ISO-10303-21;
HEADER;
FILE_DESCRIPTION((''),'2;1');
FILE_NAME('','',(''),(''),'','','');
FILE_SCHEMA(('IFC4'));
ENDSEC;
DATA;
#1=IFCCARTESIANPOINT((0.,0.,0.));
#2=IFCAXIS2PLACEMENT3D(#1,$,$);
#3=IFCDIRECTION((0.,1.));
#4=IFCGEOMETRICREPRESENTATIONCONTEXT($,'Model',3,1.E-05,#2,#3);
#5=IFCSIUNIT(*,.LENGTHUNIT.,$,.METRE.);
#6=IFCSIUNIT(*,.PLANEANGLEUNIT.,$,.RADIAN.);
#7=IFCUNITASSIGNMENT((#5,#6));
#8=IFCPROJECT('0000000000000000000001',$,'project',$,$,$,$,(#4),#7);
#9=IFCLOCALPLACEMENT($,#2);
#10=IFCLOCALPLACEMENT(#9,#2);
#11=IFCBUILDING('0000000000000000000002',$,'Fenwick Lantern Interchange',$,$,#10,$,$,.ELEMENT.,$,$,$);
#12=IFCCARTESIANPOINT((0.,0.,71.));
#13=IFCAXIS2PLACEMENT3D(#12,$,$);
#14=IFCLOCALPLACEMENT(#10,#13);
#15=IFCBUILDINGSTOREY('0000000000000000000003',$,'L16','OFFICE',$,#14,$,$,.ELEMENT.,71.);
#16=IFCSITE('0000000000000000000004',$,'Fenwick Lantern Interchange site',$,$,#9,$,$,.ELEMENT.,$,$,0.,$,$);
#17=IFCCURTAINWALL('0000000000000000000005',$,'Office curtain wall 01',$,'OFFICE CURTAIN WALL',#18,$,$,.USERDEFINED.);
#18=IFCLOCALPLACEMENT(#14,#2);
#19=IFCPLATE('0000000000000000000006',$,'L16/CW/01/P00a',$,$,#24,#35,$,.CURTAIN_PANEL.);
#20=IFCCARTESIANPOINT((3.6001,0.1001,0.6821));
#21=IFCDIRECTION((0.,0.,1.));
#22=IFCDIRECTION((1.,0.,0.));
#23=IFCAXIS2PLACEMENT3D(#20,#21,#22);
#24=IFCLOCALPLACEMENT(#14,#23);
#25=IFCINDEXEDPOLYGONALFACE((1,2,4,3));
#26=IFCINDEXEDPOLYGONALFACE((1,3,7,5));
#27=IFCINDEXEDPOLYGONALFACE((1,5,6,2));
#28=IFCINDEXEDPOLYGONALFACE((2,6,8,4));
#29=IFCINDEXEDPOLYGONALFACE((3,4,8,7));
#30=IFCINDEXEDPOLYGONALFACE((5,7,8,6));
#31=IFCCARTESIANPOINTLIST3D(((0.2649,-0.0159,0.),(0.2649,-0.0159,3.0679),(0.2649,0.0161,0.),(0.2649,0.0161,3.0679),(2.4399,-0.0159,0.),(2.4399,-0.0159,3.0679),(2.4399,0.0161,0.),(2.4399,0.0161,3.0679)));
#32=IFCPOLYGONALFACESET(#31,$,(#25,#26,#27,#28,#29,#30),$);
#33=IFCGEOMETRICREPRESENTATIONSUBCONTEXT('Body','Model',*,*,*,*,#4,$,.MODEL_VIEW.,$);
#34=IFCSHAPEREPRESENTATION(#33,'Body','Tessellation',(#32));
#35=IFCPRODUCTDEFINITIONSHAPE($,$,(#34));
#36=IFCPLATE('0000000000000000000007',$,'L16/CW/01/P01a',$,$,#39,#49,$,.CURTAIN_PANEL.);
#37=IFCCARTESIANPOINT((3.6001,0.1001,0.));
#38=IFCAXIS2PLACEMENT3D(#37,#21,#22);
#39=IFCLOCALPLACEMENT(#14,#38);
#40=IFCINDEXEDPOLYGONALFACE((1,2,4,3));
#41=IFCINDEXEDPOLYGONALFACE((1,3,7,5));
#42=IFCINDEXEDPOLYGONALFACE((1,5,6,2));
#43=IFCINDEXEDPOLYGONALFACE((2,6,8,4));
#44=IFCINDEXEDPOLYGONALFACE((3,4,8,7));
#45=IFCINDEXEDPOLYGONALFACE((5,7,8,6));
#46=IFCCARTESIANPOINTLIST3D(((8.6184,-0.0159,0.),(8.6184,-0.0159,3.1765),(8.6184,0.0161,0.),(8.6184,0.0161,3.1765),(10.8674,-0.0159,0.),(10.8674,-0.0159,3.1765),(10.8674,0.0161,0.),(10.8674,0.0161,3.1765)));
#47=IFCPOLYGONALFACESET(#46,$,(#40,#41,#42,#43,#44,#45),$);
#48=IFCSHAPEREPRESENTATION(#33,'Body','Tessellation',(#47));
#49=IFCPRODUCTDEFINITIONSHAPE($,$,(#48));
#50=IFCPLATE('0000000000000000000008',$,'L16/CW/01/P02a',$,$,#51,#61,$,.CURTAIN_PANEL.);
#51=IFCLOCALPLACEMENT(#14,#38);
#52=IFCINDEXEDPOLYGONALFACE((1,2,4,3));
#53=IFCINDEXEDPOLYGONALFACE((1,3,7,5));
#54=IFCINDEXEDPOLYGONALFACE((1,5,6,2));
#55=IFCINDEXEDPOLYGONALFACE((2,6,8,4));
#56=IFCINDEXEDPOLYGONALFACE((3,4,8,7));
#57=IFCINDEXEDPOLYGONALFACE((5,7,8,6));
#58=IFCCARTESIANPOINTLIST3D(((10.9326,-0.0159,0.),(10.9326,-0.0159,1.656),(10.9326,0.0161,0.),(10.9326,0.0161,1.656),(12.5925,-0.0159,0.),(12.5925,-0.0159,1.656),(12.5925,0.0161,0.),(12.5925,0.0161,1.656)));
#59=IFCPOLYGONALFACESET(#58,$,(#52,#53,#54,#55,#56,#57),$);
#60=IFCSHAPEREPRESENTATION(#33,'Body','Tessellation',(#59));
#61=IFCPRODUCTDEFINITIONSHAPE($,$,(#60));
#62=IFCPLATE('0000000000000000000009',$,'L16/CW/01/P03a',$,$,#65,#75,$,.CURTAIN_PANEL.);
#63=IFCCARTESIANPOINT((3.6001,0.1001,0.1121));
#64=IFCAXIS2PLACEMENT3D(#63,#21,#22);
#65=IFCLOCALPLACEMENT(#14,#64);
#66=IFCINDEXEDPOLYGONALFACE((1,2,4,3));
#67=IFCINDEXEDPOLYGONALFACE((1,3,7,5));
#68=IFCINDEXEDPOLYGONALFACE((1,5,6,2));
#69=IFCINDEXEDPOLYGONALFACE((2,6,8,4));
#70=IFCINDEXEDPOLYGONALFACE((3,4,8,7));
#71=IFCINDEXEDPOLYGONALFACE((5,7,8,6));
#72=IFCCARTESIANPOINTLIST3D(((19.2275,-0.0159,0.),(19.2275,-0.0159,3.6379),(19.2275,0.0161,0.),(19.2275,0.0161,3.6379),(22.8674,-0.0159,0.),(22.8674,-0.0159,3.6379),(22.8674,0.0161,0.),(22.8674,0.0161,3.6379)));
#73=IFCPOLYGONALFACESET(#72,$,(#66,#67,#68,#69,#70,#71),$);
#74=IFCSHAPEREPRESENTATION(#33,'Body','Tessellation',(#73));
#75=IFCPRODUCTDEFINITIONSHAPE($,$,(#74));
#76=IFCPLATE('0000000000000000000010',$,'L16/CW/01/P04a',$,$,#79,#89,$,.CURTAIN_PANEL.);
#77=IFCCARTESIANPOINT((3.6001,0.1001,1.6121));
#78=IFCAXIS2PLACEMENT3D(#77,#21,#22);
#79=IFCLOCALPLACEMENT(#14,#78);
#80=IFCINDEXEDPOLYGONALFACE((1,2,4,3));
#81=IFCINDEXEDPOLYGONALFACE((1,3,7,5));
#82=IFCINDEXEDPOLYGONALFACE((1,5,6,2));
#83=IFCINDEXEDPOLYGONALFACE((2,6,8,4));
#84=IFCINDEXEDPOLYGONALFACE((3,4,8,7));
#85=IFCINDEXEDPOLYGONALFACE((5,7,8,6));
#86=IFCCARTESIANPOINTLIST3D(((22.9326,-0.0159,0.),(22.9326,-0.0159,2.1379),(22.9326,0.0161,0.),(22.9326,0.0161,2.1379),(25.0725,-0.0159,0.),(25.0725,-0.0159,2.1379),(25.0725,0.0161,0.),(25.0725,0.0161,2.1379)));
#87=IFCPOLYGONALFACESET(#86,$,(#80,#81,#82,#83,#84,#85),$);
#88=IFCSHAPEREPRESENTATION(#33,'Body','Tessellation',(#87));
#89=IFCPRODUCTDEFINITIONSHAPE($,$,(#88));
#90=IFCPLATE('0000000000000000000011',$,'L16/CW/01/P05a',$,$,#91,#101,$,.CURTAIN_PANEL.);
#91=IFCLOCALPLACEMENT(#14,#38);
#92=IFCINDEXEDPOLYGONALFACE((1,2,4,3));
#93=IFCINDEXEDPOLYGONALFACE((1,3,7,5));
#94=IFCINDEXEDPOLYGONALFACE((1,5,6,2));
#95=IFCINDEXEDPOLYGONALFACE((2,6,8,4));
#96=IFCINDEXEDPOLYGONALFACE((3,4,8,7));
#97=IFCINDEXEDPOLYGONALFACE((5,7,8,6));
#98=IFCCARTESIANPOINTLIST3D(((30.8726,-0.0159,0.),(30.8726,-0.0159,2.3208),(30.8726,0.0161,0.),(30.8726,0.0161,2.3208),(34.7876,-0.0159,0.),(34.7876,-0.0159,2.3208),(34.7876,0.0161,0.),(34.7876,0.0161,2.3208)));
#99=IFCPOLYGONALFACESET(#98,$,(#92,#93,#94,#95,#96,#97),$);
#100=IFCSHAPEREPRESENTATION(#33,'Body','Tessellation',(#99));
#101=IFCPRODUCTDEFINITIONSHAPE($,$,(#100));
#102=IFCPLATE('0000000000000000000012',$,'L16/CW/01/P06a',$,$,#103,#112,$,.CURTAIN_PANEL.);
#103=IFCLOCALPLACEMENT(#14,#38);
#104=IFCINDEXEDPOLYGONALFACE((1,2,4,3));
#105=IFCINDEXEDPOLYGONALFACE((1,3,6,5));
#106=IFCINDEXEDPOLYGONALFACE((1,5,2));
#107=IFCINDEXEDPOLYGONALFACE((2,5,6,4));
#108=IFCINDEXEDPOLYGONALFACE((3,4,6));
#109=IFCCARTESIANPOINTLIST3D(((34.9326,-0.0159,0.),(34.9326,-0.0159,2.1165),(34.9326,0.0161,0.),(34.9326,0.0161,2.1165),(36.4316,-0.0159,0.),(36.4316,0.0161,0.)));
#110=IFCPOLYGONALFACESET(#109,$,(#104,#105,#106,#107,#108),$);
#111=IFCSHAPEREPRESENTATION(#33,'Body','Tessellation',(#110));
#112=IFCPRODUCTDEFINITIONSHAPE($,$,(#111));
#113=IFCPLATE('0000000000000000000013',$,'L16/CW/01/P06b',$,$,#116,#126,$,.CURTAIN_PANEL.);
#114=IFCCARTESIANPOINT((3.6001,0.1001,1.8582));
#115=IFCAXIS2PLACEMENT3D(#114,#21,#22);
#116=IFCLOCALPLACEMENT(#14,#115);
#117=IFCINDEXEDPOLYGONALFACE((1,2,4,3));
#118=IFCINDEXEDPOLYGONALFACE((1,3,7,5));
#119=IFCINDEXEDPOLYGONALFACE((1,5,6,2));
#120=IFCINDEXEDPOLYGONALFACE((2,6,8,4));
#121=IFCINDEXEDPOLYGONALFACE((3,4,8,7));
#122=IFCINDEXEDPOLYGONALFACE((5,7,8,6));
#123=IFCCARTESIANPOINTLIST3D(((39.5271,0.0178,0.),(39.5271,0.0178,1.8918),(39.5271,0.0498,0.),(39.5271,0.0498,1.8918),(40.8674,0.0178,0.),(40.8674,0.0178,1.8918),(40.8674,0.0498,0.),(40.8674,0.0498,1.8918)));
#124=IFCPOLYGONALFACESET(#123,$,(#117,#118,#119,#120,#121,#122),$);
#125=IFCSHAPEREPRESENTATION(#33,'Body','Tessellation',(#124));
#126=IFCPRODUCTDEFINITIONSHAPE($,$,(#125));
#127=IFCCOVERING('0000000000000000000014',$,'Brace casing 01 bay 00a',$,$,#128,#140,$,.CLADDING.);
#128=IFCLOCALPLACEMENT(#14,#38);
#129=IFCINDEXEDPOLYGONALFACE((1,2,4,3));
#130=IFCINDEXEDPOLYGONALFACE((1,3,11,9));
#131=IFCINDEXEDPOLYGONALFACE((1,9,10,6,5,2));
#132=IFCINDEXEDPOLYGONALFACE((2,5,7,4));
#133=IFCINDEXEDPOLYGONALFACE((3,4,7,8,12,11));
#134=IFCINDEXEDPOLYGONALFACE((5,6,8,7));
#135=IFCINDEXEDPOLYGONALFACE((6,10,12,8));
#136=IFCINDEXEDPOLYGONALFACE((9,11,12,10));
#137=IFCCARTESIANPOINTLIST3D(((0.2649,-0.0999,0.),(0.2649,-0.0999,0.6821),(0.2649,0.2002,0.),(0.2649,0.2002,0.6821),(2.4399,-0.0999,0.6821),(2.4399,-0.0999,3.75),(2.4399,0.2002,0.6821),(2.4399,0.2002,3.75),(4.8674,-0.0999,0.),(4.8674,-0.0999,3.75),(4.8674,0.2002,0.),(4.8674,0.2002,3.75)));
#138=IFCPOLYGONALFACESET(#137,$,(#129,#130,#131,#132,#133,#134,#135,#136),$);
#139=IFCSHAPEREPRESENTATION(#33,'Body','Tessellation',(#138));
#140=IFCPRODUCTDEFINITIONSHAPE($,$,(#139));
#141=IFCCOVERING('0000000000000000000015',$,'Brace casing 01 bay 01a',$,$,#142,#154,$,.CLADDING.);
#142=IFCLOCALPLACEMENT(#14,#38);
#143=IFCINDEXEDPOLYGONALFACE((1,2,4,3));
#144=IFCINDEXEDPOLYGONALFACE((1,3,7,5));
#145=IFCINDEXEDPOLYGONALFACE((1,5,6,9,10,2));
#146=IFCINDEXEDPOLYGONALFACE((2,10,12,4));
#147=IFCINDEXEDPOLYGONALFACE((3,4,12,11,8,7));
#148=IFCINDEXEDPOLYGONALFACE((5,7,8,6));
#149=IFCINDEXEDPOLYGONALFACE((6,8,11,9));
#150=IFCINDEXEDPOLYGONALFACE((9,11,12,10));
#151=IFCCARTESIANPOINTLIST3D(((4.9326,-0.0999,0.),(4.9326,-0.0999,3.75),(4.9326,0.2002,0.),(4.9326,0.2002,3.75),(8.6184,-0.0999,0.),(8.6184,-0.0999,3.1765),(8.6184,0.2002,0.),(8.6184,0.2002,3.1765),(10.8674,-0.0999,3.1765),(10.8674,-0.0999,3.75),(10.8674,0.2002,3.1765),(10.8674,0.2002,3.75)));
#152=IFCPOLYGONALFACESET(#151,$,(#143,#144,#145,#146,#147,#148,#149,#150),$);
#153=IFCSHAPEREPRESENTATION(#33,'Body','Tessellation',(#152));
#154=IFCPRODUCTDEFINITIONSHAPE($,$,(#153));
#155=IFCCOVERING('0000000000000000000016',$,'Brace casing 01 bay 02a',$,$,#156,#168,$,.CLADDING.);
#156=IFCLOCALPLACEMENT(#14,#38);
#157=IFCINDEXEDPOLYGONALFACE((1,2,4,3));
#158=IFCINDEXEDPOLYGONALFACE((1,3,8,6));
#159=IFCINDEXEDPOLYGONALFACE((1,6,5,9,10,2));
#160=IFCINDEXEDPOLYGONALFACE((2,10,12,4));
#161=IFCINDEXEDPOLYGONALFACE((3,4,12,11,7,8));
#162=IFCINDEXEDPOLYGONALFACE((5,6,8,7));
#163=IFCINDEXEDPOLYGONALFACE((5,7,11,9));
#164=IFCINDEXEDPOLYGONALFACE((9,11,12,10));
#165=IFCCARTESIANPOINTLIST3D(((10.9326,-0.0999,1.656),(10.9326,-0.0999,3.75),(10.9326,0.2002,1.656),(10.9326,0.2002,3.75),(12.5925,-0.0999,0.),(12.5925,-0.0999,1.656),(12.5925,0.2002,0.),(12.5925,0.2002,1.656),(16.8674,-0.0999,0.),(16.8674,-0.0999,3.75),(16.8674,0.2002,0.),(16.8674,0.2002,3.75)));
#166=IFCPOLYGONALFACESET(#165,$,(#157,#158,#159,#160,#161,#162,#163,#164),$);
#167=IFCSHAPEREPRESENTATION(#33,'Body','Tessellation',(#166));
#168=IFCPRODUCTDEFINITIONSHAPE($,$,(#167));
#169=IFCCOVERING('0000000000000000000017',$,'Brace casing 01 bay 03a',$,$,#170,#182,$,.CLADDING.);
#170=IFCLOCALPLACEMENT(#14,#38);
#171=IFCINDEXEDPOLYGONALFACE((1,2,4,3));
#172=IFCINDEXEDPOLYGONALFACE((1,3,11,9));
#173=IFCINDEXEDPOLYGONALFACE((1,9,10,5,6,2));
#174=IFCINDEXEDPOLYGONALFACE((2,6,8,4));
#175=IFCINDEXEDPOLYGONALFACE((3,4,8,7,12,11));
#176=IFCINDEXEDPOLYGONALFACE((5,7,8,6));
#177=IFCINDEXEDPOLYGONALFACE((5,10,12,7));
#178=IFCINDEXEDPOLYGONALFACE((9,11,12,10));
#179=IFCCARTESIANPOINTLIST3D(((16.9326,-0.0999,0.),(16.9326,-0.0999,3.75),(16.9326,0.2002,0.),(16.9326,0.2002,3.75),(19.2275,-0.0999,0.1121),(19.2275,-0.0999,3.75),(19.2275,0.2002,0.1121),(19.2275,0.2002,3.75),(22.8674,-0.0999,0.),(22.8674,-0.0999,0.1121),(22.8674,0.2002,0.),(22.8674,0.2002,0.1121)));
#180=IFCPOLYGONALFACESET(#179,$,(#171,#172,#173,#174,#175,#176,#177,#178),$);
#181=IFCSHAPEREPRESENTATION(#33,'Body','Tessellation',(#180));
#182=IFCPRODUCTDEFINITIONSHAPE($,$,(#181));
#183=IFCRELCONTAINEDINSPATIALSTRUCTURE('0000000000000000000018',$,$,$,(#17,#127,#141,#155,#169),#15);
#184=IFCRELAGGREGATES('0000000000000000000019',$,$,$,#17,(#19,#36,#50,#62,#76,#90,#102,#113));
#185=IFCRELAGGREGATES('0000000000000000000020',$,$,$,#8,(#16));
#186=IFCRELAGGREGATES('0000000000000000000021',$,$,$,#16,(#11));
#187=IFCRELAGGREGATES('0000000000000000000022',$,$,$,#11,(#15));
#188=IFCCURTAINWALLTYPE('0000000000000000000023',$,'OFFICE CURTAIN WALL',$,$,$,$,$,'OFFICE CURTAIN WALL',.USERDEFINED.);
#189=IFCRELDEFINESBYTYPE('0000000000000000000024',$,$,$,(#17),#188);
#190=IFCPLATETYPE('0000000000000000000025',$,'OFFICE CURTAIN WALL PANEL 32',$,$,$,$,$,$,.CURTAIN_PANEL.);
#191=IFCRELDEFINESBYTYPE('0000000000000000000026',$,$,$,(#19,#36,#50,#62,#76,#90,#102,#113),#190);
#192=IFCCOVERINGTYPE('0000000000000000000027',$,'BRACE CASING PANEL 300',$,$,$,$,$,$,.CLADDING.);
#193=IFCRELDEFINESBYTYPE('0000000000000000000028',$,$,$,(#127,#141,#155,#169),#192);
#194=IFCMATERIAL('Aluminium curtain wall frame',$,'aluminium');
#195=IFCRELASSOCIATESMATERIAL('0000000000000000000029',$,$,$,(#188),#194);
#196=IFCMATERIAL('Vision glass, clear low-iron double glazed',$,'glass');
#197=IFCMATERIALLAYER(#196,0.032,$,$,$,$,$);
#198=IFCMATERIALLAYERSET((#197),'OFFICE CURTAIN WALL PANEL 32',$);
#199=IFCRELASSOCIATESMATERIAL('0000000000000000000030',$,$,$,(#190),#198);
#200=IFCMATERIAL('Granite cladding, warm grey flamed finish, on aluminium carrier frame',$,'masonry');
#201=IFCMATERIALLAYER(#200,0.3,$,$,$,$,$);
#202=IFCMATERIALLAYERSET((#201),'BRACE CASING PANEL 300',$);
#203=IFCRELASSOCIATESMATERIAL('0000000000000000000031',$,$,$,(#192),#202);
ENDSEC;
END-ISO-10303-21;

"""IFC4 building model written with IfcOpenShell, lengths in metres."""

from ifc_helpers import new_model, si_unit, direction, frame, origin, place, context, subcontext, project, spatial, polyline, outline, extrude, material, layer, layer_set, type_object, element, aggregate, save


model = new_model("IFC4")

# Units and contexts
model_context = context("Model", 3, precision=1e-05, world=origin(), true_north=direction((0.0, 1.0)))
body_context = subcontext(model_context, "Body", "Model", "MODEL_VIEW")
ifc_project = project(units=[si_unit("LENGTHUNIT", "METRE"), si_unit("PLANEANGLEUNIT", "RADIAN")], contexts=[model_context])

# Site, building, storey
site_placement = place(None, origin())
site = spatial("IfcSite", under=ifc_project, at=site_placement, Name="Fenwick Lantern Interchange site", CompositionType="ELEMENT", RefElevation=0.0)
building_placement = place(site_placement, origin())
building = spatial("IfcBuilding", under=site, at=building_placement, Name="Fenwick Lantern Interchange", CompositionType="ELEMENT")
storey_placement = place(building_placement, frame((0.0, 0.0, 71.0)))
storey = spatial("IfcBuildingStorey", under=building, at=storey_placement, Name="L16", Description="OFFICE", CompositionType="ELEMENT", Elevation=71.0)

# Shared definitions
ifc_material_1 = material(Name="Aluminium curtain wall frame", Category="aluminium")
curtain_wall_type = type_object("IfcCurtainWallType", Name="OFFICE CURTAIN WALL", ElementType="OFFICE CURTAIN WALL", PredefinedType="USERDEFINED", material=ifc_material_1)

# Curtain wall, plates
curtain_wall_1_placement = place(storey_placement, origin())
curtain_wall_1 = element("IfcCurtainWall", 1, at=curtain_wall_1_placement, inside=storey, type_object=curtain_wall_type, Name="Office curtain wall 01", ObjectType="OFFICE CURTAIN WALL", PredefinedType="USERDEFINED")
ifc_material_2 = material(Name="Vision glass, clear low-iron double glazed", Category="glass")
ifc_layer_1 = layer(ifc_material_2, 0.032)
ifc_layer_set_1 = layer_set([ifc_layer_1], Name="OFFICE CURTAIN WALL PANEL 32")
plate_type = type_object("IfcPlateType", Name="OFFICE CURTAIN WALL PANEL 32", PredefinedType="CURTAIN_PANEL", material=ifc_layer_set_1)
plate_1_placement = place(storey_placement, frame((3.6001, 0.1001, 0.6821), z_axis=(0.0, 0.0, 1.0), x_axis=(1.0, 0.0, 0.0)))
plate_1 = element("IfcPlate", 2, at=plate_1_placement, type_object=plate_type, Name="L16/CW/01/P00a", PredefinedType="CURTAIN_PANEL", context=body_context, shape_type="SweptSolid", body=[
    extrude(outline(polyline([(0.2649, 0.0), (2.4399, 0.0), (2.4399, 3.0679), (0.2649, 3.0679), (0.2649, 0.0)])), frame((0.0, 0.0161, 0.0), z_axis=(0.0, -1.0, 0.0), x_axis=(1.0, 0.0, 0.0)), (0.0, 0.0, 1.0), 0.032),
])
plate_2_placement = place(storey_placement, frame((3.6001, 0.1001, 0.0), z_axis=(0.0, 0.0, 1.0), x_axis=(1.0, 0.0, 0.0)))
plate_2 = element("IfcPlate", 3, at=plate_2_placement, type_object=plate_type, Name="L16/CW/01/P01a", PredefinedType="CURTAIN_PANEL", context=body_context, shape_type="SweptSolid", body=[
    extrude(outline(polyline([(8.6184, 0.0), (10.8674, 0.0), (10.8674, 3.1765), (8.6184, 3.1765), (8.6184, 0.0)])), frame((0.0, 0.0161, 0.0), z_axis=(0.0, -1.0, 0.0), x_axis=(1.0, 0.0, 0.0)), (0.0, 0.0, 1.0), 0.032),
])
plate_3_placement = place(storey_placement, frame((3.6001, 0.1001, 0.0), z_axis=(0.0, 0.0, 1.0), x_axis=(1.0, 0.0, 0.0)))
plate_3 = element("IfcPlate", 4, at=plate_3_placement, type_object=plate_type, Name="L16/CW/01/P02a", PredefinedType="CURTAIN_PANEL", context=body_context, shape_type="SweptSolid", body=[
    extrude(outline(polyline([(10.9326, 0.0), (12.5925, 0.0), (12.5925, 1.656), (10.9326, 1.656), (10.9326, 0.0)])), frame((0.0, 0.0161, 0.0), z_axis=(0.0, -1.0, 0.0), x_axis=(1.0, 0.0, 0.0)), (0.0, 0.0, 1.0), 0.032),
])
plate_4_placement = place(storey_placement, frame((3.6001, 0.1001, 0.1121), z_axis=(0.0, 0.0, 1.0), x_axis=(1.0, 0.0, 0.0)))
plate_4 = element("IfcPlate", 5, at=plate_4_placement, type_object=plate_type, Name="L16/CW/01/P03a", PredefinedType="CURTAIN_PANEL", context=body_context, shape_type="SweptSolid", body=[
    extrude(outline(polyline([(19.2275, 0.0), (22.8674, 0.0), (22.8674, 3.6379), (19.2275, 3.6379), (19.2275, 0.0)])), frame((0.0, 0.0161, 0.0), z_axis=(0.0, -1.0, 0.0), x_axis=(1.0, 0.0, 0.0)), (0.0, 0.0, 1.0), 0.032),
])
plate_5_placement = place(storey_placement, frame((3.6001, 0.1001, 1.6121), z_axis=(0.0, 0.0, 1.0), x_axis=(1.0, 0.0, 0.0)))
plate_5 = element("IfcPlate", 6, at=plate_5_placement, type_object=plate_type, Name="L16/CW/01/P04a", PredefinedType="CURTAIN_PANEL", context=body_context, shape_type="SweptSolid", body=[
    extrude(outline(polyline([(22.9326, 0.0), (25.0725, 0.0), (25.0725, 2.1379), (22.9326, 2.1379), (22.9326, 0.0)])), frame((0.0, 0.0161, 0.0), z_axis=(0.0, -1.0, 0.0), x_axis=(1.0, 0.0, 0.0)), (0.0, 0.0, 1.0), 0.032),
])
plate_6_placement = place(storey_placement, frame((3.6001, 0.1001, 0.0), z_axis=(0.0, 0.0, 1.0), x_axis=(1.0, 0.0, 0.0)))
plate_6 = element("IfcPlate", 7, at=plate_6_placement, type_object=plate_type, Name="L16/CW/01/P05a", PredefinedType="CURTAIN_PANEL", context=body_context, shape_type="SweptSolid", body=[
    extrude(outline(polyline([(30.8726, 0.0), (34.7876, 0.0), (34.7876, 2.3208), (30.8726, 2.3208), (30.8726, 0.0)])), frame((0.0, 0.0161, 0.0), z_axis=(0.0, -1.0, 0.0), x_axis=(1.0, 0.0, 0.0)), (0.0, 0.0, 1.0), 0.032),
])
plate_7_placement = place(storey_placement, frame((3.6001, 0.1001, 0.0), z_axis=(0.0, 0.0, 1.0), x_axis=(1.0, 0.0, 0.0)))
plate_7 = element("IfcPlate", 8, at=plate_7_placement, type_object=plate_type, Name="L16/CW/01/P06a", PredefinedType="CURTAIN_PANEL", context=body_context, shape_type="SweptSolid", body=[
    extrude(outline(polyline([(34.9326, 0.0), (36.4316, 0.0), (34.9326, 2.1165), (34.9326, 0.0)])), frame((0.0, 0.0161, 0.0), z_axis=(0.0, -1.0, 0.0), x_axis=(1.0, 0.0, 0.0)), (0.0, 0.0, 1.0), 0.032),
])
plate_8_placement = place(storey_placement, frame((3.6001, 0.1001, 1.8582), z_axis=(0.0, 0.0, 1.0), x_axis=(1.0, 0.0, 0.0)))
plate_8 = element("IfcPlate", 9, at=plate_8_placement, type_object=plate_type, Name="L16/CW/01/P06b", PredefinedType="CURTAIN_PANEL", context=body_context, shape_type="SweptSolid", body=[
    extrude(outline(polyline([(39.5271, 0.0), (40.8674, 0.0), (40.8674, 1.8918), (39.5271, 1.8918), (39.5271, 0.0)])), frame((0.0, 0.0498, 0.0), z_axis=(0.0, -1.0, 0.0), x_axis=(1.0, 0.0, 0.0)), (0.0, 0.0, 1.0), 0.032),
])
aggregate(curtain_wall_1, [plate_1, plate_2, plate_3, plate_4, plate_5, plate_6, plate_7, plate_8])

# Coverings
ifc_material_3 = material(Name="Granite cladding, warm grey flamed finish, on aluminium carrier frame", Category="masonry")
ifc_layer_2 = layer(ifc_material_3, 0.3)
ifc_layer_set_2 = layer_set([ifc_layer_2], Name="BRACE CASING PANEL 300")
covering_type = type_object("IfcCoveringType", Name="BRACE CASING PANEL 300", PredefinedType="CLADDING", material=ifc_layer_set_2)
covering_1_placement = place(storey_placement, frame((3.6001, 0.1001, 0.0), z_axis=(0.0, 0.0, 1.0), x_axis=(1.0, 0.0, 0.0)))
element("IfcCovering", 10, at=covering_1_placement, inside=storey, type_object=covering_type, Name="Brace casing 01 bay 00a", PredefinedType="CLADDING", context=body_context, shape_type="SweptSolid", body=[
    extrude(outline(polyline([(0.2649, 0.0), (4.8674, 0.0), (4.8674, 3.75), (2.4399, 3.75), (2.4399, 0.6821), (0.2649, 0.6821), (0.2649, 0.0)])), frame((0.0, 0.2002, 0.0), z_axis=(0.0, -1.0, 0.0), x_axis=(1.0, 0.0, 0.0)), (0.0, 0.0, 1.0), 0.3),
])
covering_2_placement = place(storey_placement, frame((3.6001, 0.1001, 0.0), z_axis=(0.0, 0.0, 1.0), x_axis=(1.0, 0.0, 0.0)))
element("IfcCovering", 11, at=covering_2_placement, inside=storey, type_object=covering_type, Name="Brace casing 01 bay 01a", PredefinedType="CLADDING", context=body_context, shape_type="SweptSolid", body=[
    extrude(outline(polyline([(4.9326, 0.0), (8.6184, 0.0), (8.6184, 3.1765), (10.8674, 3.1765), (10.8674, 3.75), (4.9326, 3.75), (4.9326, 0.0)])), frame((0.0, 0.2002, 0.0), z_axis=(0.0, -1.0, 0.0), x_axis=(1.0, 0.0, 0.0)), (0.0, 0.0, 1.0), 0.3),
])
covering_3_placement = place(storey_placement, frame((3.6001, 0.1001, 0.0), z_axis=(0.0, 0.0, 1.0), x_axis=(1.0, 0.0, 0.0)))
element("IfcCovering", 12, at=covering_3_placement, inside=storey, type_object=covering_type, Name="Brace casing 01 bay 02a", PredefinedType="CLADDING", context=body_context, shape_type="SweptSolid", body=[
    extrude(outline(polyline([(12.5925, 0.0), (16.8674, 0.0), (16.8674, 3.75), (10.9326, 3.75), (10.9326, 1.656), (12.5925, 1.656), (12.5925, 0.0)])), frame((0.0, 0.2002, 0.0), z_axis=(0.0, -1.0, 0.0), x_axis=(1.0, 0.0, 0.0)), (0.0, 0.0, 1.0), 0.3),
])
covering_4_placement = place(storey_placement, frame((3.6001, 0.1001, 0.0), z_axis=(0.0, 0.0, 1.0), x_axis=(1.0, 0.0, 0.0)))
element("IfcCovering", 13, at=covering_4_placement, inside=storey, type_object=covering_type, Name="Brace casing 01 bay 03a", PredefinedType="CLADDING", context=body_context, shape_type="SweptSolid", body=[
    extrude(outline(polyline([(16.9326, 0.0), (22.8674, 0.0), (22.8674, 0.1121), (19.2275, 0.1121), (19.2275, 3.75), (16.9326, 3.75), (16.9326, 0.0)])), frame((0.0, 0.2002, 0.0), z_axis=(0.0, -1.0, 0.0), x_axis=(1.0, 0.0, 0.0)), (0.0, 0.0, 1.0), 0.3),
])

save(model, "model.ifc")
